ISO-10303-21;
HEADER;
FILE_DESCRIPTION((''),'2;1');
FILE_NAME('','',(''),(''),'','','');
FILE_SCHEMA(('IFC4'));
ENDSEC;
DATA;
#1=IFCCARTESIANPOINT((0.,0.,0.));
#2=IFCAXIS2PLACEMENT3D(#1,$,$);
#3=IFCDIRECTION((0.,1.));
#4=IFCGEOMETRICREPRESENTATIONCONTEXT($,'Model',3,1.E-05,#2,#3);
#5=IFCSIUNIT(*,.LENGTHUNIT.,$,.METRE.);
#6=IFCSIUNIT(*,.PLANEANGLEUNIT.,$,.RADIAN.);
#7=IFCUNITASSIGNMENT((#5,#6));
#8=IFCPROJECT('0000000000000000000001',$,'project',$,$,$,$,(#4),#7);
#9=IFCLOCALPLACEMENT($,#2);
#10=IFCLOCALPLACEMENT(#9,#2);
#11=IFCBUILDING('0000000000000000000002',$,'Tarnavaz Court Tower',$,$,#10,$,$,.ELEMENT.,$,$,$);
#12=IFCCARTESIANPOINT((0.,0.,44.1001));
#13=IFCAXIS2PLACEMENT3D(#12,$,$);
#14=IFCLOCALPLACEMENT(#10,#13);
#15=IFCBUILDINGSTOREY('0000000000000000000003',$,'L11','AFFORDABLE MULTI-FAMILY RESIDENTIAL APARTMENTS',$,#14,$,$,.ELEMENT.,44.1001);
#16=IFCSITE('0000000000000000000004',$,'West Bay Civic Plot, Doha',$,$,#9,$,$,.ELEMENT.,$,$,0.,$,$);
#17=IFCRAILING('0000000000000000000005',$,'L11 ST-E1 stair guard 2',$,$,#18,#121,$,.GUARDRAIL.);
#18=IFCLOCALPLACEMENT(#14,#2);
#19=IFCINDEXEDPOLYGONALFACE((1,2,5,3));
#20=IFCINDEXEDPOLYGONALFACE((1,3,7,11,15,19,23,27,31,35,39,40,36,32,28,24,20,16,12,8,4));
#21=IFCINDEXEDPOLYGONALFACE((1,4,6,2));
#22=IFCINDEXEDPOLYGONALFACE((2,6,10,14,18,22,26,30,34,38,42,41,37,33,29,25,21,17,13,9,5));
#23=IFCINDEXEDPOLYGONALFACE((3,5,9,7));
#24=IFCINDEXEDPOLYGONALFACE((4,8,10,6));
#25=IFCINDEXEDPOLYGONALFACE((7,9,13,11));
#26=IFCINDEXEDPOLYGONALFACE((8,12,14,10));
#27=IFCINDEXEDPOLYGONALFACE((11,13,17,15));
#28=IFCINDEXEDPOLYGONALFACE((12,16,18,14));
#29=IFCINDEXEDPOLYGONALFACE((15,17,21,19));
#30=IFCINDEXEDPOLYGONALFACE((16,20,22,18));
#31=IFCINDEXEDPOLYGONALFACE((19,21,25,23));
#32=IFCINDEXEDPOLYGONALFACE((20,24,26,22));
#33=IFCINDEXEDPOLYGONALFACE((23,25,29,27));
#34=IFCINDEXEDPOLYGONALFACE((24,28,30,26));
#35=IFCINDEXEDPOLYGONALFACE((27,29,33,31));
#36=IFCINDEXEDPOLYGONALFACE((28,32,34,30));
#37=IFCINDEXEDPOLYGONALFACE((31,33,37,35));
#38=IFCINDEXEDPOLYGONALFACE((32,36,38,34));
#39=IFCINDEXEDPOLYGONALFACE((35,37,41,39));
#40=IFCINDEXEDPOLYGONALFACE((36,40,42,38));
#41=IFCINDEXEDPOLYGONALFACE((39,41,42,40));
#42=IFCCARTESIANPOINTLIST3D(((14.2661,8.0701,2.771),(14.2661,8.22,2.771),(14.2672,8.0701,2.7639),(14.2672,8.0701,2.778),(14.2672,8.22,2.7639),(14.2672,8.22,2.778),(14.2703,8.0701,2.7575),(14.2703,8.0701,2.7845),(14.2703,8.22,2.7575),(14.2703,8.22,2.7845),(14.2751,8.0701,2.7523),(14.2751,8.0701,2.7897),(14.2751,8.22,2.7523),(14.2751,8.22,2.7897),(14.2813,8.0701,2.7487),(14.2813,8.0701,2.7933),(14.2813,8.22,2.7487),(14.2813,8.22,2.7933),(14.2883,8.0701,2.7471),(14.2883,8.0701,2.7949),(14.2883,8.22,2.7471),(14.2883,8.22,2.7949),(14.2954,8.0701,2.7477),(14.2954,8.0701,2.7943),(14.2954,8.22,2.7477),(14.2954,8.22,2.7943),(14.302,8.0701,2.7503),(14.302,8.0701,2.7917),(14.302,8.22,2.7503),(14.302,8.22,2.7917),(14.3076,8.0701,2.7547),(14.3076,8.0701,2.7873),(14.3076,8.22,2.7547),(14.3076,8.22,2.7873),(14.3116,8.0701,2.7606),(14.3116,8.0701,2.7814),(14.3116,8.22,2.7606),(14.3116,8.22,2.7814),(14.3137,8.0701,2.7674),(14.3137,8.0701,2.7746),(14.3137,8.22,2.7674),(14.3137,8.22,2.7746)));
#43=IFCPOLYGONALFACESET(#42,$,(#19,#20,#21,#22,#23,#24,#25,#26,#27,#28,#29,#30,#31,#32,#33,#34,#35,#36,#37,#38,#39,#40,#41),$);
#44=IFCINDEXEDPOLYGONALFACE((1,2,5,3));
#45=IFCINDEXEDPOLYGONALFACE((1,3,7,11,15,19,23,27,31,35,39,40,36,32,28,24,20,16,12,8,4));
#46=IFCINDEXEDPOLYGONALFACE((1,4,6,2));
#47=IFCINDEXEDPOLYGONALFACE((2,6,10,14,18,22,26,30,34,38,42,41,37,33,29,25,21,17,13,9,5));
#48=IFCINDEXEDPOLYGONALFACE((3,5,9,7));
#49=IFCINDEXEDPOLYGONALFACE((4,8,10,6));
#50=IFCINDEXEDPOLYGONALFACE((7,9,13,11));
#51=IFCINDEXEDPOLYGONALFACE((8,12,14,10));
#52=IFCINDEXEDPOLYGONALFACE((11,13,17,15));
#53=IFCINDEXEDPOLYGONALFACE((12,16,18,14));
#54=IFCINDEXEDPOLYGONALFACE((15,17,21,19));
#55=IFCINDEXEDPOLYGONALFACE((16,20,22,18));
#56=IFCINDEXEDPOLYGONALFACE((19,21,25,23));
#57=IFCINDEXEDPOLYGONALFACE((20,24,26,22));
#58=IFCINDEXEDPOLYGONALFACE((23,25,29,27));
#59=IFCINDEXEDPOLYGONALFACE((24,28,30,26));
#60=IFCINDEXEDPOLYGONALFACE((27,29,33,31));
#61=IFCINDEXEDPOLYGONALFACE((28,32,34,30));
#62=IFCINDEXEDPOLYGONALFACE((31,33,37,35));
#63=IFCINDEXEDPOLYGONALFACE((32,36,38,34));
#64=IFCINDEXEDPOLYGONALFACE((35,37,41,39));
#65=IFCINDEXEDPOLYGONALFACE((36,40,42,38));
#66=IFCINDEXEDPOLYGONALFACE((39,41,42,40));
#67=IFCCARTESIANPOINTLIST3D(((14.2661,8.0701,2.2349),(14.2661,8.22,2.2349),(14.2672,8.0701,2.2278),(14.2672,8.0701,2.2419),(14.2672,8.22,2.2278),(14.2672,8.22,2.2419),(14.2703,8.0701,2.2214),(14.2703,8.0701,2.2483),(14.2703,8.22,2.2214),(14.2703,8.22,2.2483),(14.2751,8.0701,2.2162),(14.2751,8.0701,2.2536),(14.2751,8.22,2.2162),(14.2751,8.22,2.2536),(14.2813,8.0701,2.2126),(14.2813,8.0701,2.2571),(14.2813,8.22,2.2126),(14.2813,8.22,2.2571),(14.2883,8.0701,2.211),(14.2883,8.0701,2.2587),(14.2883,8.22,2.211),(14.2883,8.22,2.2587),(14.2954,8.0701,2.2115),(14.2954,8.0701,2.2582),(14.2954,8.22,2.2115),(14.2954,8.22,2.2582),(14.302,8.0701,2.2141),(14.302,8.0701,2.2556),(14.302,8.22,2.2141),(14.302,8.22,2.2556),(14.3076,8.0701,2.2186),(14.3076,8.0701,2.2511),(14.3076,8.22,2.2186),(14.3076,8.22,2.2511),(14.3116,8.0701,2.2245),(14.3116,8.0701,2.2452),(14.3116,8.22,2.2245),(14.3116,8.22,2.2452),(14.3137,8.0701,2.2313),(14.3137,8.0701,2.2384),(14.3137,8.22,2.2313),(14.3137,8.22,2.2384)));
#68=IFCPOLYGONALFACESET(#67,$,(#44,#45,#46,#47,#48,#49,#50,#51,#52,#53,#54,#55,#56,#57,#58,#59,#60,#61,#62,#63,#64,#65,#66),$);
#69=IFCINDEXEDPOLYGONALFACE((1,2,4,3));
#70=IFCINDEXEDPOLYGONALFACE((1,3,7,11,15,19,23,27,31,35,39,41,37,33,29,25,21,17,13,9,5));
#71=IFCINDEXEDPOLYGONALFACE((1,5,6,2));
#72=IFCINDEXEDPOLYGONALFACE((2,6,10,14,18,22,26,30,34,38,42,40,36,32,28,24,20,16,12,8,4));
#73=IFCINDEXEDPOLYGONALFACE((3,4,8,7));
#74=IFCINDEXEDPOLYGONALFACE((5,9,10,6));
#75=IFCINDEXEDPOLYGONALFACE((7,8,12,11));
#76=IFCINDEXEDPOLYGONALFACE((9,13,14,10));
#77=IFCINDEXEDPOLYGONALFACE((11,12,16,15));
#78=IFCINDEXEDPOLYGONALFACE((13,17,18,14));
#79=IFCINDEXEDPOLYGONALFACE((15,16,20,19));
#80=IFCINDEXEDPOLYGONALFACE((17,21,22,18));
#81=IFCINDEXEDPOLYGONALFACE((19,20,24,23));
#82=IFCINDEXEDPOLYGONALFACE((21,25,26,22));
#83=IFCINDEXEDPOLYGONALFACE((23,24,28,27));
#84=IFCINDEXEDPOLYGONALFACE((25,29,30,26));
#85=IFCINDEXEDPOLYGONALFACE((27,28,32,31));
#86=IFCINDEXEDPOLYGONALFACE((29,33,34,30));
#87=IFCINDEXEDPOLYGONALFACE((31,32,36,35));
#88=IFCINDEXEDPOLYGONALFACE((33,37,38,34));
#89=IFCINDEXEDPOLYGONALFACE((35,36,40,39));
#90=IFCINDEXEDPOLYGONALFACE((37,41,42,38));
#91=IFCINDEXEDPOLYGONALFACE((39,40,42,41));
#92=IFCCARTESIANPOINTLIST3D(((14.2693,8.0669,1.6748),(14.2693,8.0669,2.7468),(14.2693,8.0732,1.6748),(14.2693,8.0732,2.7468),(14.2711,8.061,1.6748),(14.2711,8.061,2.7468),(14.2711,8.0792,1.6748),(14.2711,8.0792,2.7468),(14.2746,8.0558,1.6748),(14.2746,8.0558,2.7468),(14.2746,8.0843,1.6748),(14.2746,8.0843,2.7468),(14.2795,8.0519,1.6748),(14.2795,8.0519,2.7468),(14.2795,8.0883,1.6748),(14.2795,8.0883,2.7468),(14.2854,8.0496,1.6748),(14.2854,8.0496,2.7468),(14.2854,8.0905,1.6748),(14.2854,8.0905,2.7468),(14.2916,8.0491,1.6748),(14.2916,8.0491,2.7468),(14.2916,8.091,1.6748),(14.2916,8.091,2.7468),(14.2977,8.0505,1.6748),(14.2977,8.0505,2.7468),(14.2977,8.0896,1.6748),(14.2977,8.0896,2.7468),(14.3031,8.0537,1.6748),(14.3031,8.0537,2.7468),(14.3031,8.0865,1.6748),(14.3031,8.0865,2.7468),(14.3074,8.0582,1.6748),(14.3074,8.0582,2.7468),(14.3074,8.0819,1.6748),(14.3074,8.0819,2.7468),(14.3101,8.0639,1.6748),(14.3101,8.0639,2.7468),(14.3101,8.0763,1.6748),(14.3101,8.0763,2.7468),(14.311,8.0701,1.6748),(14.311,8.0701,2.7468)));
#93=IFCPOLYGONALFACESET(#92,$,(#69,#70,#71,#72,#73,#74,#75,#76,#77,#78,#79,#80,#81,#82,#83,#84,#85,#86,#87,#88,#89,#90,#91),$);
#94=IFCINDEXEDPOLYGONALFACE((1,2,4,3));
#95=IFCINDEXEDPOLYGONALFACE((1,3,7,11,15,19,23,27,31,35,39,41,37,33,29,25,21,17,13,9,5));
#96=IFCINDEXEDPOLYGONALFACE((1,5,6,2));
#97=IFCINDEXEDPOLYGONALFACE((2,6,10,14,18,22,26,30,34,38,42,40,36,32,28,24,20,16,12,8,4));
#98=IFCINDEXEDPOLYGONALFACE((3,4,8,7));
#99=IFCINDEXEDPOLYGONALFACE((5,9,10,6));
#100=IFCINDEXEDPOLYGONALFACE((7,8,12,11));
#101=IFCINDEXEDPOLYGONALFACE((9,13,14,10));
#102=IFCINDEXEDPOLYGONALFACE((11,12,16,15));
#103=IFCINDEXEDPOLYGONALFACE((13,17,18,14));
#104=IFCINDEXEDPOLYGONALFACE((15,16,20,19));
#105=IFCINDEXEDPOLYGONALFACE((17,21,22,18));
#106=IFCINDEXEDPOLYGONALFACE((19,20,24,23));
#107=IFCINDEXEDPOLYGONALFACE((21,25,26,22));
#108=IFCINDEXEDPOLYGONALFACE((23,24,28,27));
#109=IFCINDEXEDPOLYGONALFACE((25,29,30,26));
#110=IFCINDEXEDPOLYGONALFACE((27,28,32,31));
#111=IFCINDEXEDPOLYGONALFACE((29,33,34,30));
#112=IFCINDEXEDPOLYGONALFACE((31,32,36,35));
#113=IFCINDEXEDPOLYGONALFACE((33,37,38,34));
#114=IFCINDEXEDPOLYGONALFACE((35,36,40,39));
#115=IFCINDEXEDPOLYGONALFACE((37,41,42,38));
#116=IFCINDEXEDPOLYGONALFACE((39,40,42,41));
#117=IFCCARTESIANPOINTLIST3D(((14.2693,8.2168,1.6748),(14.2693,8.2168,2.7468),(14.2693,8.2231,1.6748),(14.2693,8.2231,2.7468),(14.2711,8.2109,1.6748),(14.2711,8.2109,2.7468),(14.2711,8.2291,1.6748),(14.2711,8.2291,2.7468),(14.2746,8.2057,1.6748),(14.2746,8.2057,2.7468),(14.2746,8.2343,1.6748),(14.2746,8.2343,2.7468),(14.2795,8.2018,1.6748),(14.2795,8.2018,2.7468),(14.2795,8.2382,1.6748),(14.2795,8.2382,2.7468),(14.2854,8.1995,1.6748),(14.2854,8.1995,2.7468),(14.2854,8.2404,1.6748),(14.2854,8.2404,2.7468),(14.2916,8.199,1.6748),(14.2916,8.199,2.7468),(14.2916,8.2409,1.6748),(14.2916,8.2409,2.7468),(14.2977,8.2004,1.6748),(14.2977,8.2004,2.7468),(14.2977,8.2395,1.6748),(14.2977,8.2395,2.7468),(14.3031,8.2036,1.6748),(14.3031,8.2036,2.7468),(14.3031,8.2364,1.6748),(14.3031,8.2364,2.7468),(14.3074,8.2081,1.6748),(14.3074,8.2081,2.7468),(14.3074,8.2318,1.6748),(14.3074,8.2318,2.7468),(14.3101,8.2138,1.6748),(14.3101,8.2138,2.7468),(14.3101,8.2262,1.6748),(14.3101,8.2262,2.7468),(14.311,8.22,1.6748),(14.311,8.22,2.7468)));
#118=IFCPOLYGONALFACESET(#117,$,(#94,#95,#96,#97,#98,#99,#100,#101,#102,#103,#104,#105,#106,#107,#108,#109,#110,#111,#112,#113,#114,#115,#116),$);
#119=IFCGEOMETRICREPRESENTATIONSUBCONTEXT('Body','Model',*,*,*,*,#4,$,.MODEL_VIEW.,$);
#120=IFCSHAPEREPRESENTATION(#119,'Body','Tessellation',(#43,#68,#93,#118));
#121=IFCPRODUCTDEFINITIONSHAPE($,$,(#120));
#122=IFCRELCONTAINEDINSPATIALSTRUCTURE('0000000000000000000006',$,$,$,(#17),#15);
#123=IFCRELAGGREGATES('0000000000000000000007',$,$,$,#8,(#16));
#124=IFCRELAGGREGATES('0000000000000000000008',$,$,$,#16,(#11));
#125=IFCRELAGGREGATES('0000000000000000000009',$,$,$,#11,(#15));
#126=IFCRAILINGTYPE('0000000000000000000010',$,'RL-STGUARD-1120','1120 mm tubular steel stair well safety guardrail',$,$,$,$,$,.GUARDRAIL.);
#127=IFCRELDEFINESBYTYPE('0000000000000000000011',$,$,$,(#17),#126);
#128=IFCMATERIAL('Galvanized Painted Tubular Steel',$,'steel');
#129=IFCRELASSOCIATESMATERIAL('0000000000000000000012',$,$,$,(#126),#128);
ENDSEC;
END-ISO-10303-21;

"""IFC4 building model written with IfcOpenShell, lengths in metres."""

from ifc_helpers import new_model, si_unit, direction, frame, origin, origin_2d, place, context, subcontext, project, spatial, circle, extrude, material, type_object, element, save


model = new_model("IFC4")

# Units and contexts
model_context = context("Model", 3, precision=1e-05, world=origin(), true_north=direction((0.0, 1.0)))
body_context = subcontext(model_context, "Body", "Model", "MODEL_VIEW")
ifc_project = project(units=[si_unit("LENGTHUNIT", "METRE"), si_unit("PLANEANGLEUNIT", "RADIAN")], contexts=[model_context])

# Site, building, storey
site_placement = place(None, origin())
site = spatial("IfcSite", under=ifc_project, at=site_placement, Name="West Bay Civic Plot, Doha", CompositionType="ELEMENT", RefElevation=0.0)
building_placement = place(site_placement, origin())
building = spatial("IfcBuilding", under=site, at=building_placement, Name="Tarnavaz Court Tower", CompositionType="ELEMENT")
storey_placement = place(building_placement, frame((0.0, 0.0, 44.1001)))
storey = spatial("IfcBuildingStorey", under=building, at=storey_placement, Name="L11", Description="AFFORDABLE MULTI-FAMILY RESIDENTIAL APARTMENTS", CompositionType="ELEMENT", Elevation=44.1001)

# Railing
ifc_material_1 = material(Name="Galvanized Painted Tubular Steel", Category="steel")
railing_type_1 = type_object("IfcRailingType", Name="RL-STGUARD-1120", Description="1120 mm tubular steel stair well safety guardrail", PredefinedType="GUARDRAIL", material=ifc_material_1)
railing_1_placement = place(storey_placement, frame((14.29, 8.0701, 1.6748)))
element("IfcRailing", 1, at=railing_1_placement, inside=storey, type_object=railing_type_1, Name="L11 ST-E1 stair guard 2", PredefinedType="GUARDRAIL", context=body_context, shape_type="SweptSolid", body=[
    extrude(circle(Radius=0.0239, at=origin_2d()), frame((0.0, 0.0, 1.0962), z_axis=(0.0, 1.0, 0.0), x_axis=(-1.0, 0.0, 0.0)), (0.0, 0.0, 1.0), 0.1499),
    extrude(circle(Radius=0.0239, at=origin_2d()), frame((0.0, 0.0, 0.5601), z_axis=(0.0, 1.0, 0.0), x_axis=(-1.0, 0.0, 0.0)), (0.0, 0.0, 1.0), 0.1499),
    extrude(circle(Radius=0.021, at=origin_2d()), origin(), (0.0, 0.0, 1.0), 1.072),
    extrude(circle(Radius=0.021, at=origin_2d()), frame((0.0, 0.1499, 0.0)), (0.0, 0.0, 1.0), 1.072),
])

save(model, "model.ifc")
